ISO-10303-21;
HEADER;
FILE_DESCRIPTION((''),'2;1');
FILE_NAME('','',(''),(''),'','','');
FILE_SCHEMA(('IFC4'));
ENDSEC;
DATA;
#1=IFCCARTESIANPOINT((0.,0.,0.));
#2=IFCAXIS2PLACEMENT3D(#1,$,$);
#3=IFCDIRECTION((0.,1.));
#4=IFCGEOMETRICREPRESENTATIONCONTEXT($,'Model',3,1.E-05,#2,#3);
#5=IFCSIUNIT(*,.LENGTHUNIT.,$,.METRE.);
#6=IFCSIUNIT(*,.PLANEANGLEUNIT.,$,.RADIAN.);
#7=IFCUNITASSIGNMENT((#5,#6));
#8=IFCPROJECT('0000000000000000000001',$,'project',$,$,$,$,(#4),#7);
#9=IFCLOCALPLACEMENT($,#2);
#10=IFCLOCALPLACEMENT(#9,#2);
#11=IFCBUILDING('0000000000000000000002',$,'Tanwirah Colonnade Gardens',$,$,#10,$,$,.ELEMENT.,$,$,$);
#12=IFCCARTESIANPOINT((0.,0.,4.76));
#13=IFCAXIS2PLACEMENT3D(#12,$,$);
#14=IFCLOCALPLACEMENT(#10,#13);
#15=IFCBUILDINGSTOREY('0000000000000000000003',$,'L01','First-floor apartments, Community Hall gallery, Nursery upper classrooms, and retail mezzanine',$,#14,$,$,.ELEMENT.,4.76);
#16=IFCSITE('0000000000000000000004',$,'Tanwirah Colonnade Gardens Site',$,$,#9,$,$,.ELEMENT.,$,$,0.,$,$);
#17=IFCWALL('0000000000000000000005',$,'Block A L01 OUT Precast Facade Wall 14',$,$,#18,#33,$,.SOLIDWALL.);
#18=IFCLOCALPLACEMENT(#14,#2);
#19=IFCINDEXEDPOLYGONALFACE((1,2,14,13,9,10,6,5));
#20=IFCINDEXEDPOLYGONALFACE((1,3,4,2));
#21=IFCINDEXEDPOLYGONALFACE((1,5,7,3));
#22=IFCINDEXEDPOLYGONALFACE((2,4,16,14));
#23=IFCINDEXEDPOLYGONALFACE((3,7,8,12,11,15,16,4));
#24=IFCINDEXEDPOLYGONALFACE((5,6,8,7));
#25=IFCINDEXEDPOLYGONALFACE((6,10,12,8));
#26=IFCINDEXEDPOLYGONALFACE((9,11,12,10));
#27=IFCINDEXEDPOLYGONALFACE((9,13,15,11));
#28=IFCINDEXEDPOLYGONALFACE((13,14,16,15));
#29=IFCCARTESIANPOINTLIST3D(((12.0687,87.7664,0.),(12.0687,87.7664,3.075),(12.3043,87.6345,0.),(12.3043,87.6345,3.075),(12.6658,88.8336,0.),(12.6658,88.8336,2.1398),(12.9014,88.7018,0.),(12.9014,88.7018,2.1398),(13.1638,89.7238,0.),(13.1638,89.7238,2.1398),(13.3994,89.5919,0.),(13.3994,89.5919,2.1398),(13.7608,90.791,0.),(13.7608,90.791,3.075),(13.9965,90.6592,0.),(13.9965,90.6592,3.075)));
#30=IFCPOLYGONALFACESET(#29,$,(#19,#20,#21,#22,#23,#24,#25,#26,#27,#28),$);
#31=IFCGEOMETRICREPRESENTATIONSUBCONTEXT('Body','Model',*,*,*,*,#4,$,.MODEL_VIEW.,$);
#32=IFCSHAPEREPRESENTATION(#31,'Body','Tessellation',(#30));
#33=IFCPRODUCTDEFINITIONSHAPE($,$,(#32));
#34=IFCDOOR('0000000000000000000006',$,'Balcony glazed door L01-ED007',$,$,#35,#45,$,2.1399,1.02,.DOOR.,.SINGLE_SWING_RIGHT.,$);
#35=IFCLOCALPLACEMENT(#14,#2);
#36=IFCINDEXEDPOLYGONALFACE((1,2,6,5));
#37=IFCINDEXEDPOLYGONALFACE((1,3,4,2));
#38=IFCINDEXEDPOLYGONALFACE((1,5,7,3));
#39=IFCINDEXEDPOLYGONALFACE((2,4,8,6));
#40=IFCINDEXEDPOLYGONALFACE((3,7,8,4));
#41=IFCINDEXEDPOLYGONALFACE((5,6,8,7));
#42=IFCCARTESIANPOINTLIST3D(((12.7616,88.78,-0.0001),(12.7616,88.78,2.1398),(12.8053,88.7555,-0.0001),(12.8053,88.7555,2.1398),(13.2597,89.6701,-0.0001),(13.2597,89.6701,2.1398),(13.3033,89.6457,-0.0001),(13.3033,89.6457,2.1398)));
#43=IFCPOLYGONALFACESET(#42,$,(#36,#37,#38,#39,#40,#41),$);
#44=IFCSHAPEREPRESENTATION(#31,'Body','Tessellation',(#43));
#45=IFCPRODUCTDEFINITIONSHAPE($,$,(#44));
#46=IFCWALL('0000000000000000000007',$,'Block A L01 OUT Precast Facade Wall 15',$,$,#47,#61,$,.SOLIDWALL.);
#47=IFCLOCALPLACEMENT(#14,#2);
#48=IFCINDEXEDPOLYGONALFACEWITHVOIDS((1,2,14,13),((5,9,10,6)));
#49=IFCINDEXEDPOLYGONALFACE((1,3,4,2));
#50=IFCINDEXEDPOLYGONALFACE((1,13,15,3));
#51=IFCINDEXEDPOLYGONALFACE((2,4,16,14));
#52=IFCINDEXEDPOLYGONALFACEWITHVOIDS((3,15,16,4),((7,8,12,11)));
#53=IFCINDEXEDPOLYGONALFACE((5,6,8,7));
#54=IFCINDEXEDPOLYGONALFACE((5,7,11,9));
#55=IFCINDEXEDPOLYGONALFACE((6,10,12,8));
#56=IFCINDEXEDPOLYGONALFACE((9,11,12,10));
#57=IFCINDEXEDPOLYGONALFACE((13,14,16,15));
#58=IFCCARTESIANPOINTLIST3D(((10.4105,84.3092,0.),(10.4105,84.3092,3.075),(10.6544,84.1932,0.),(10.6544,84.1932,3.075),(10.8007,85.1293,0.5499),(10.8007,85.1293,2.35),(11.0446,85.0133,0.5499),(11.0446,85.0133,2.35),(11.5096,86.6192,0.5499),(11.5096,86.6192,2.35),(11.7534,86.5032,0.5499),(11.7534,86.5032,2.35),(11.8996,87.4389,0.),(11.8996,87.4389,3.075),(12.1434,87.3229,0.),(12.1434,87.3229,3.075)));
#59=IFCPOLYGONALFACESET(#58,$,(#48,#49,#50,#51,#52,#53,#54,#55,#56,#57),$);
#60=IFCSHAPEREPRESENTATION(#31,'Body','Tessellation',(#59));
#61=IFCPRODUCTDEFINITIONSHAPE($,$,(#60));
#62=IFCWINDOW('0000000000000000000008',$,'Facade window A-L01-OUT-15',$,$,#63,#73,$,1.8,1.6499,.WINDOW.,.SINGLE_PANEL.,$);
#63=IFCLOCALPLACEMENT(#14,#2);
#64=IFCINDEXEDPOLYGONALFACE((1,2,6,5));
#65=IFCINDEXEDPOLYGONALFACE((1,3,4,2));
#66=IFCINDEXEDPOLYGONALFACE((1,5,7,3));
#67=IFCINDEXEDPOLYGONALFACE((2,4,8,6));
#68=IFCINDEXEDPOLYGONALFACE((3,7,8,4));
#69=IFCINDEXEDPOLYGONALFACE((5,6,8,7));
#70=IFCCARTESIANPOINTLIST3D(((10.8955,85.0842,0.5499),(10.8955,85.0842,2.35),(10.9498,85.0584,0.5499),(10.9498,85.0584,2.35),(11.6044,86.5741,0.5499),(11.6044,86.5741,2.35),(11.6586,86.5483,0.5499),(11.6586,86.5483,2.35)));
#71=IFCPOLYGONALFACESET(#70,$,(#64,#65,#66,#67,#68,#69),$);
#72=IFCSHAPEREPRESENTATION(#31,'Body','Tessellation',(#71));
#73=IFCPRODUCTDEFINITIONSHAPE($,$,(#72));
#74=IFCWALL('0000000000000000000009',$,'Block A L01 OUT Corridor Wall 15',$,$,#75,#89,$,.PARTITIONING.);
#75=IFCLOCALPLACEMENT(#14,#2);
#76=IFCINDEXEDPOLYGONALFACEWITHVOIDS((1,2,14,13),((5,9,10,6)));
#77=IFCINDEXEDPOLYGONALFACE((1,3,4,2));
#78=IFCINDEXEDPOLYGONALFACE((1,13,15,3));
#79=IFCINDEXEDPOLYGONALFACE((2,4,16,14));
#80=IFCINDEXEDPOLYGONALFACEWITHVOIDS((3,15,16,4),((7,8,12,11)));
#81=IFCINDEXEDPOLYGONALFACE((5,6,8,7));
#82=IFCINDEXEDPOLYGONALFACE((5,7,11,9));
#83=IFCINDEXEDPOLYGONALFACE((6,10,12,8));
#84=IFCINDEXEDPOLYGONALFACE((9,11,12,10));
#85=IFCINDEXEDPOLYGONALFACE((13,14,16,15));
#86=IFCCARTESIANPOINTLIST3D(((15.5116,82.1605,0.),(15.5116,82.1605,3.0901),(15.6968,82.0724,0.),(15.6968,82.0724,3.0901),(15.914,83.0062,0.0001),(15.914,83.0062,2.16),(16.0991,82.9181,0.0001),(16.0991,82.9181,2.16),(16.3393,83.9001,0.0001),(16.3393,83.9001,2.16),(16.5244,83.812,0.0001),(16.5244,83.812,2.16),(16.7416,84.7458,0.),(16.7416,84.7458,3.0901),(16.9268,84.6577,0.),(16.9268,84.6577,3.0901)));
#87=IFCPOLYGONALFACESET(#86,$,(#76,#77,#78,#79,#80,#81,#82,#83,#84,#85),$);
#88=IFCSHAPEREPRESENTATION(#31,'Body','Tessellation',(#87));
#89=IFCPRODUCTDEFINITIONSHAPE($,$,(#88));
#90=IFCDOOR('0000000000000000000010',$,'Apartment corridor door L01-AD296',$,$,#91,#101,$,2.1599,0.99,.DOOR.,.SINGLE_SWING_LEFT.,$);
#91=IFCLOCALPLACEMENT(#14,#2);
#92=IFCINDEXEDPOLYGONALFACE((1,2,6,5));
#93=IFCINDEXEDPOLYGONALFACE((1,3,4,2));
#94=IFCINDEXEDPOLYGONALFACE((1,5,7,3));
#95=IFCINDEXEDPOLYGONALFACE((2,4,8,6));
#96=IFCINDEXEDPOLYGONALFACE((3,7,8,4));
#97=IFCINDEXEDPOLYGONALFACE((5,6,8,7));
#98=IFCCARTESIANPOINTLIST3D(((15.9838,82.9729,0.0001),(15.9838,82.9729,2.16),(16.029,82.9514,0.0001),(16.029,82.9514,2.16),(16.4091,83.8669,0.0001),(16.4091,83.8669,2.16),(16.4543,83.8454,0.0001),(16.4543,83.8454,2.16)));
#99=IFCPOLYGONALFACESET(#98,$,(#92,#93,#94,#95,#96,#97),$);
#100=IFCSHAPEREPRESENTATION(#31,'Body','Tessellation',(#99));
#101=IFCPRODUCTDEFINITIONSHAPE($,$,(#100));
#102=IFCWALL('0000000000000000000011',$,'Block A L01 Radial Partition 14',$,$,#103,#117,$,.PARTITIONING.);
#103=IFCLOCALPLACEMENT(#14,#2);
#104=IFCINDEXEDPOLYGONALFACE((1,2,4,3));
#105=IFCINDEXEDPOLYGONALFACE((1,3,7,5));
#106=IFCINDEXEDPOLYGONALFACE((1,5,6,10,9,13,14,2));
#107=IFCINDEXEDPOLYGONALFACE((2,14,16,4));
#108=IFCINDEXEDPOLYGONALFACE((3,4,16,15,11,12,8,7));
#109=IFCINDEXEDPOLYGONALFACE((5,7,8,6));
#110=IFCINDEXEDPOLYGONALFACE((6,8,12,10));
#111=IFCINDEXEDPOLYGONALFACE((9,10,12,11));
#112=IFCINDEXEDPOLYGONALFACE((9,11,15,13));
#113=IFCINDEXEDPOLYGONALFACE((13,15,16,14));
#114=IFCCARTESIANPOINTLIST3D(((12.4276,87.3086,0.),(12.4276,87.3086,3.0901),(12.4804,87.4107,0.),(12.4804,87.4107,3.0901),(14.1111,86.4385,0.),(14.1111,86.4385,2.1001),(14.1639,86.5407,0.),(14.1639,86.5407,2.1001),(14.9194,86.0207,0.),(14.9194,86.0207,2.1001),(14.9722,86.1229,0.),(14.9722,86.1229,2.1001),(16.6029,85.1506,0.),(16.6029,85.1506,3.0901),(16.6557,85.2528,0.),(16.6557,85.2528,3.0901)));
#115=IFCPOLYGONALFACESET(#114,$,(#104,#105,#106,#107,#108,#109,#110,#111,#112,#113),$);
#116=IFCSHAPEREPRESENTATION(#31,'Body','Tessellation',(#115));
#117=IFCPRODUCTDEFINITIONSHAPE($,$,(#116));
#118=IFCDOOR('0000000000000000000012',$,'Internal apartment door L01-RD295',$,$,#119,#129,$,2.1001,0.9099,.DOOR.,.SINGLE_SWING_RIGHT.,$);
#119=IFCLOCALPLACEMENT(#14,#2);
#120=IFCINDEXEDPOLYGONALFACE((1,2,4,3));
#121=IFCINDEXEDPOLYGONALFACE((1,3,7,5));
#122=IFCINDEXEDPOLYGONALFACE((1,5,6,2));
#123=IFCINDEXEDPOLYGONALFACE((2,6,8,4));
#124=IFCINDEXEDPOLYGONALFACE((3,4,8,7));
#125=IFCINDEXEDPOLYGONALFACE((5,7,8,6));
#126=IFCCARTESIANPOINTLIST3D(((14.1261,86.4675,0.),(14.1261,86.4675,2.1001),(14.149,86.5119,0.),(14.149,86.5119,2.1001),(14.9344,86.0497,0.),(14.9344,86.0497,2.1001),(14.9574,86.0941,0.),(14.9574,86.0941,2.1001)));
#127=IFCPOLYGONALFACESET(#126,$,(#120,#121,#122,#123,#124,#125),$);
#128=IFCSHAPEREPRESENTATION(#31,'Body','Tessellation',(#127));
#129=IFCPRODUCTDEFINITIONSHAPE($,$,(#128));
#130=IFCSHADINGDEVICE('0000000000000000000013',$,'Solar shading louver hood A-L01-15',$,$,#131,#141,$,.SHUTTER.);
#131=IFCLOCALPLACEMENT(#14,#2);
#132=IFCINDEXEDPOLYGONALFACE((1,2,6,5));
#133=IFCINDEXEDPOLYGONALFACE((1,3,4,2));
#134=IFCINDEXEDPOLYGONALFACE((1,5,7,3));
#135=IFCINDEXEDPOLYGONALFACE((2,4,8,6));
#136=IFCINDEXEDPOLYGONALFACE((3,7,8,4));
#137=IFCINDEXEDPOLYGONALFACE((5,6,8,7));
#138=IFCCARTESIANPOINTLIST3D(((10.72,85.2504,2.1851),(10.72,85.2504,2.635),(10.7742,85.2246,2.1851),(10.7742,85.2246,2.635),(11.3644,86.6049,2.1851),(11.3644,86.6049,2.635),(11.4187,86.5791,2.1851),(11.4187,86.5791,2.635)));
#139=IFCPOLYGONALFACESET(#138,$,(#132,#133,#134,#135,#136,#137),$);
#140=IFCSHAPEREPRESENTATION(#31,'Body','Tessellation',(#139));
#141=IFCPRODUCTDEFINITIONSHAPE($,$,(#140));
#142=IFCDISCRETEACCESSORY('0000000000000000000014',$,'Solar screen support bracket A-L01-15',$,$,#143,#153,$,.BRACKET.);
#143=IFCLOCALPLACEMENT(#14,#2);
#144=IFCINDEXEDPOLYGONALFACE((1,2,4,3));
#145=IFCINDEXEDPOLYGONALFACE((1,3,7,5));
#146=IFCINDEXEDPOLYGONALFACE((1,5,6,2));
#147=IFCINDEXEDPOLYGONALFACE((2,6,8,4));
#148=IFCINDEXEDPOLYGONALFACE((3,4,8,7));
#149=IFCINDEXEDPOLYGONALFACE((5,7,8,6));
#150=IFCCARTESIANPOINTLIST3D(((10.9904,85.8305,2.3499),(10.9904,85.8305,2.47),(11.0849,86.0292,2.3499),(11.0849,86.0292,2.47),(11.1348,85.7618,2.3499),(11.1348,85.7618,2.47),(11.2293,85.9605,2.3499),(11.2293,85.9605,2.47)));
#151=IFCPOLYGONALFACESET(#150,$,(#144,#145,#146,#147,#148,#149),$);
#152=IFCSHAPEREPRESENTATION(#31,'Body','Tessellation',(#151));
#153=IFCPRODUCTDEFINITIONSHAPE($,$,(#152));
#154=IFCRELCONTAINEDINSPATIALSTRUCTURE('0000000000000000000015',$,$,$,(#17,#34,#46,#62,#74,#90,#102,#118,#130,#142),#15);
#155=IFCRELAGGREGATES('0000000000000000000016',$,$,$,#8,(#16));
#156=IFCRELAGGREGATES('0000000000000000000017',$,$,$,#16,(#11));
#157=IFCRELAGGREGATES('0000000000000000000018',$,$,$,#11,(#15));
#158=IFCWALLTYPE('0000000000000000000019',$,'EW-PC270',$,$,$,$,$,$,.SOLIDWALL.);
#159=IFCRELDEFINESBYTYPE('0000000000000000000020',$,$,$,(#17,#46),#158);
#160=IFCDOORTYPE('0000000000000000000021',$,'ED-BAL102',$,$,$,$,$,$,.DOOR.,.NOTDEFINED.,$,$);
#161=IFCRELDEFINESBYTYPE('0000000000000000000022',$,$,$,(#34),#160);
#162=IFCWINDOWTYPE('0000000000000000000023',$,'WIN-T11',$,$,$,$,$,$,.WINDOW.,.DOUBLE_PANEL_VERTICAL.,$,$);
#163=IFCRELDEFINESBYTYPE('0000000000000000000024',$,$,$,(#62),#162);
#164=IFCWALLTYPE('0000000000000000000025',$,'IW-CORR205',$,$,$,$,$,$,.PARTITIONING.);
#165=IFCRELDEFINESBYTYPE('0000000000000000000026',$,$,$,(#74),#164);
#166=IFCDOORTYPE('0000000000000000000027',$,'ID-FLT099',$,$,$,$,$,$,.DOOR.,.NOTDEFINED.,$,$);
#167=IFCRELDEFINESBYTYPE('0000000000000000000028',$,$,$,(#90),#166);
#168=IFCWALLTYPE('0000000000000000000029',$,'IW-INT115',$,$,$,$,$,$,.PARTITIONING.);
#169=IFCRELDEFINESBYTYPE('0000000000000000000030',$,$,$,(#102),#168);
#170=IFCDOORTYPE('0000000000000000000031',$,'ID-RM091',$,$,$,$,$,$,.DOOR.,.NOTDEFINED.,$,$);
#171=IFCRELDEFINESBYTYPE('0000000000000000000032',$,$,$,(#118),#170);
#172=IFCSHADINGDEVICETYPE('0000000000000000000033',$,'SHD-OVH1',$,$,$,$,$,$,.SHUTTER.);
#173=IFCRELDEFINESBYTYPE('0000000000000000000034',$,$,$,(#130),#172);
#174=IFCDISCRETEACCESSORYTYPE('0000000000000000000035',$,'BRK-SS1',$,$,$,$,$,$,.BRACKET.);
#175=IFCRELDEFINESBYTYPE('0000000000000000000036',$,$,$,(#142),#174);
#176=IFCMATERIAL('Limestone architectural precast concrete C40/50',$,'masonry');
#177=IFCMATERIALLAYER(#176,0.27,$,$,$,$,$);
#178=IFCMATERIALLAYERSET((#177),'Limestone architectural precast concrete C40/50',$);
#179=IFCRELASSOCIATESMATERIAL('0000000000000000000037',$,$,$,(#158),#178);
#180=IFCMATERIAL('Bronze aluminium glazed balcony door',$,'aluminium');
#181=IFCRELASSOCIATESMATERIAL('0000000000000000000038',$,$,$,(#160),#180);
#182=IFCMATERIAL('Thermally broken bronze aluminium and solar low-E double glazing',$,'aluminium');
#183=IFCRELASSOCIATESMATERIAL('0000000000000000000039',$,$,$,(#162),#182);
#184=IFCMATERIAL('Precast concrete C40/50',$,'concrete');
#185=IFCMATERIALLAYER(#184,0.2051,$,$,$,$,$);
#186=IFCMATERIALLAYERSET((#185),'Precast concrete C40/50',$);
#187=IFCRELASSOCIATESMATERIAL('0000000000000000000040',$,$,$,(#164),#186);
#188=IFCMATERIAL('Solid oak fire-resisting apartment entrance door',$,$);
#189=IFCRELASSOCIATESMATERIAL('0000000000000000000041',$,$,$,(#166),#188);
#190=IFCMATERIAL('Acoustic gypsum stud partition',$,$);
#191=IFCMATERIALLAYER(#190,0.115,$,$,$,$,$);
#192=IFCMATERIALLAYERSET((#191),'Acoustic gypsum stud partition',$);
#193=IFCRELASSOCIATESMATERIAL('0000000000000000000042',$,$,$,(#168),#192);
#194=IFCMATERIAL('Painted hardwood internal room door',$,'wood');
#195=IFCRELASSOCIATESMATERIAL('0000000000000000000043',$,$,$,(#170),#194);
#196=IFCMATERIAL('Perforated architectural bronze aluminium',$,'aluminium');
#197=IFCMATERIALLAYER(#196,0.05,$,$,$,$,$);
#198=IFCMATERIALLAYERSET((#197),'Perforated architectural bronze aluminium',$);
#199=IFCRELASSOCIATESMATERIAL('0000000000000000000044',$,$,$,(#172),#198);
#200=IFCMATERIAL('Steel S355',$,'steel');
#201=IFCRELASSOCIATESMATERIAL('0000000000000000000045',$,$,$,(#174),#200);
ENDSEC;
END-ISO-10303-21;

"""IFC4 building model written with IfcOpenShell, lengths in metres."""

from ifc_helpers import new_model, si_unit, direction, frame, frame_2d, origin, origin_2d, place, context, subcontext, project, spatial, rectangle, extrude, material, layer, layer_set, type_object, element, fill, save


model = new_model("IFC4")

# Units and contexts
model_context = context("Model", 3, precision=1e-05, world=origin(), true_north=direction((0.0, 1.0)))
body_context = subcontext(model_context, "Body", "Model", "MODEL_VIEW")
ifc_project = project(units=[si_unit("LENGTHUNIT", "METRE"), si_unit("PLANEANGLEUNIT", "RADIAN")], contexts=[model_context])

# Site, building, storey
site_placement = place(None, origin())
site = spatial("IfcSite", under=ifc_project, at=site_placement, Name="Tanwirah Colonnade Gardens Site", CompositionType="ELEMENT", RefElevation=0.0)
building_placement = place(site_placement, origin())
building = spatial("IfcBuilding", under=site, at=building_placement, Name="Tanwirah Colonnade Gardens", CompositionType="ELEMENT")
storey_placement = place(building_placement, frame((0.0, 0.0, 4.76)))
storey = spatial("IfcBuildingStorey", under=building, at=storey_placement, Name="L01", Description="First-floor apartments, Community Hall gallery, Nursery upper classrooms, and retail mezzanine", CompositionType="ELEMENT", Elevation=4.76)

# Shared definitions
ifc_material_1 = material(Name="Precast concrete C40/50", Category="concrete")

# Wall, opening, door
ifc_material_2 = material(Name="Limestone architectural precast concrete C40/50", Category="masonry")
ifc_layer_1 = layer(ifc_material_2, 0.27)
ifc_layer_set_1 = layer_set([ifc_layer_1], Name="Limestone architectural precast concrete C40/50")
wall_type_1 = type_object("IfcWallType", Name="EW-PC270", PredefinedType="SOLIDWALL", material=ifc_layer_set_1)
wall_1_placement = place(storey_placement, frame((13.8787, 90.7251, 0.0), z_axis=(0.0, 0.0, 1.0), x_axis=(-0.488237, -0.872711, 0.0)))
wall_1 = element("IfcWall", 1, at=wall_1_placement, inside=storey, type_object=wall_type_1, Name="Block A L01 OUT Precast Facade Wall 14", PredefinedType="SOLIDWALL", context=body_context, shape_type="SweptSolid", body=[
    extrude(rectangle(XDim=3.4658, YDim=0.27, at=frame_2d((1.7329, 0.0))), origin(), (0.0, 0.0, 1.0), 3.075),
])
opening_1_placement = place(wall_1_placement, frame((1.2229, 0.0, 0.0)))
opening_1 = element("IfcOpeningElement", 2, at=opening_1_placement, cuts=wall_1, PredefinedType="OPENING", context=body_context, shape_type="SweptSolid", body=[
    extrude(rectangle(XDim=1.02, YDim=2.1399, at=frame_2d((0.51, 1.0698))), frame((0.0, 0.145, 0.0), z_axis=(0.0, -1.0, 0.0), x_axis=(1.0, 0.0, 0.0)), (0.0, 0.0, 1.0), 0.29),
])
ifc_material_3 = material(Name="Bronze aluminium glazed balcony door", Category="aluminium")
door_type_1 = type_object("IfcDoorType", Name="ED-BAL102", OperationType="NOTDEFINED", PredefinedType="DOOR", material=ifc_material_3)
door_1_placement = place(opening_1_placement, origin())
door_1 = element("IfcDoor", 3, at=door_1_placement, inside=storey, type_object=door_type_1, Name="Balcony glazed door L01-ED007", OperationType="SINGLE_SWING_RIGHT", OverallHeight=2.1399, OverallWidth=1.02, PredefinedType="DOOR", context=body_context, shape_type="SweptSolid", body=[
    extrude(rectangle(XDim=1.02, YDim=2.1399, at=frame_2d((0.51, 1.0698))), frame((0.0, 0.0249, 0.0), z_axis=(0.0, -1.0, 0.0), x_axis=(1.0, 0.0, 0.0)), (0.0, 0.0, 1.0), 0.05),
])
fill(opening_1, door_1)

# Wall, opening, window
wall_2_placement = place(storey_placement, frame((12.0215, 87.3809, 0.0), z_axis=(0.0, 0.0, 1.0), x_axis=(-0.42963, -0.903005, 0.0)))
wall_2 = element("IfcWall", 4, at=wall_2_placement, inside=storey, type_object=wall_type_1, Name="Block A L01 OUT Precast Facade Wall 15", PredefinedType="SOLIDWALL", context=body_context, shape_type="SweptSolid", body=[
    extrude(rectangle(XDim=3.4658, YDim=0.27, at=frame_2d((1.7329, 0.0))), origin(), (0.0, 0.0, 1.0), 3.075),
])
opening_2_placement = place(wall_2_placement, frame((0.9077, 0.0, 0.55)))
opening_2 = element("IfcOpeningElement", 5, at=opening_2_placement, cuts=wall_2, PredefinedType="OPENING", context=body_context, shape_type="SweptSolid", body=[
    extrude(rectangle(XDim=1.6499, YDim=1.8, at=frame_2d((0.825, 0.8999))), frame((0.0, 0.145, 0.0), z_axis=(0.0, -1.0, 0.0), x_axis=(1.0, 0.0, 0.0)), (0.0, 0.0, 1.0), 0.29),
])
ifc_material_4 = material(Name="Thermally broken bronze aluminium and solar low-E double glazing", Category="aluminium")
window_type = type_object("IfcWindowType", Name="WIN-T11", PartitioningType="DOUBLE_PANEL_VERTICAL", PredefinedType="WINDOW", material=ifc_material_4)
window_placement = place(opening_2_placement, origin())
window = element("IfcWindow", 6, at=window_placement, inside=storey, type_object=window_type, Name="Facade window A-L01-OUT-15", OverallHeight=1.8, OverallWidth=1.6499, PartitioningType="SINGLE_PANEL", PredefinedType="WINDOW", context=body_context, shape_type="SweptSolid", body=[
    extrude(rectangle(XDim=1.6499, YDim=1.8, at=frame_2d((0.825, 0.8999))), frame((0.0, 0.03, 0.0), z_axis=(0.0, -1.0, 0.0), x_axis=(1.0, 0.0, 0.0)), (0.0, 0.0, 1.0), 0.0601),
])
fill(opening_2, window)

# Walls, openings, doors
ifc_layer_2 = layer(ifc_material_1, 0.2051)
ifc_layer_set_2 = layer_set([ifc_layer_2], Name="Precast concrete C40/50")
wall_type_2 = type_object("IfcWallType", Name="IW-CORR205", PredefinedType="PARTITIONING", material=ifc_layer_set_2)
ifc_material_5 = material(Name="Solid oak fire-resisting apartment entrance door")
wall_3_placement = place(storey_placement, frame((16.8342, 84.7019, 0.0), z_axis=(0.0, 0.0, 1.0), x_axis=(-0.429596, -0.903021, 0.0)))
wall_3 = element("IfcWall", 7, at=wall_3_placement, inside=storey, type_object=wall_type_2, Name="Block A L01 OUT Corridor Wall 15", PredefinedType="PARTITIONING", context=body_context, shape_type="SweptSolid", body=[
    extrude(rectangle(XDim=2.863, YDim=0.2051, at=frame_2d((1.4316, 0.0))), origin(), (0.0, 0.0, 1.0), 3.0901),
])
opening_3_placement = place(wall_3_placement, frame((0.9365, 0.0, 0.0)))
opening_3 = element("IfcOpeningElement", 8, at=opening_3_placement, cuts=wall_3, PredefinedType="OPENING", context=body_context, shape_type="SweptSolid", body=[
    extrude(rectangle(XDim=0.99, YDim=2.1599, at=frame_2d((0.4951, 1.0801))), frame((0.0, 0.1125, 0.0), z_axis=(0.0, -1.0, 0.0), x_axis=(1.0, 0.0, 0.0)), (0.0, 0.0, 1.0), 0.2251),
])
door_type_2 = type_object("IfcDoorType", Name="ID-FLT099", OperationType="NOTDEFINED", PredefinedType="DOOR", material=ifc_material_5)
door_2_placement = place(opening_3_placement, origin())
door_2 = element("IfcDoor", 9, at=door_2_placement, inside=storey, type_object=door_type_2, Name="Apartment corridor door L01-AD296", OperationType="SINGLE_SWING_LEFT", OverallHeight=2.1599, OverallWidth=0.99, PredefinedType="DOOR", context=body_context, shape_type="SweptSolid", body=[
    extrude(rectangle(XDim=0.99, YDim=2.1599, at=frame_2d((0.4951, 1.0801))), frame((0.0, 0.0249, 0.0), z_axis=(0.0, -1.0, 0.0), x_axis=(1.0, 0.0, 0.0)), (0.0, 0.0, 1.0), 0.05),
])
fill(opening_3, door_2)
ifc_material_6 = material(Name="Acoustic gypsum stud partition")
ifc_layer_3 = layer(ifc_material_6, 0.115)
ifc_layer_set_3 = layer_set([ifc_layer_3], Name="Acoustic gypsum stud partition")
wall_type_3 = type_object("IfcWallType", Name="IW-INT115", PredefinedType="PARTITIONING", material=ifc_layer_set_3)
wall_4_placement = place(storey_placement, frame((16.6294, 85.2017, 0.0), z_axis=(0.0, 0.0, 1.0), x_axis=(-0.888363, 0.459142, 0.0)))
wall_4 = element("IfcWall", 10, at=wall_4_placement, inside=storey, type_object=wall_type_3, Name="Block A L01 Radial Partition 14", PredefinedType="PARTITIONING", context=body_context, shape_type="SweptSolid", body=[
    extrude(rectangle(XDim=4.7, YDim=0.115, at=frame_2d((2.3501, 0.0))), origin(), (0.0, 0.0, 1.0), 3.0901),
])
opening_4_placement = place(wall_4_placement, frame((1.895, 0.0, 0.0)))
opening_4 = element("IfcOpeningElement", 11, at=opening_4_placement, cuts=wall_4, PredefinedType="OPENING", context=body_context, shape_type="SweptSolid", body=[
    extrude(rectangle(XDim=0.9099, YDim=2.1001, at=frame_2d((0.4551, 1.05))), frame((0.0, 0.0674, 0.0), z_axis=(0.0, -1.0, 0.0), x_axis=(1.0, 0.0, 0.0)), (0.0, 0.0, 1.0), 0.135),
])
ifc_material_7 = material(Name="Painted hardwood internal room door", Category="wood")
door_type_3 = type_object("IfcDoorType", Name="ID-RM091", OperationType="NOTDEFINED", PredefinedType="DOOR", material=ifc_material_7)
door_3_placement = place(opening_4_placement, origin())
door_3 = element("IfcDoor", 12, at=door_3_placement, inside=storey, type_object=door_type_3, Name="Internal apartment door L01-RD295", OperationType="SINGLE_SWING_RIGHT", OverallHeight=2.1001, OverallWidth=0.9099, PredefinedType="DOOR", context=body_context, shape_type="SweptSolid", body=[
    extrude(rectangle(XDim=0.9099, YDim=2.1001, at=frame_2d((0.4551, 1.05))), frame((0.0, 0.0249, 0.0), z_axis=(0.0, -1.0, 0.0), x_axis=(1.0, 0.0, 0.0)), (0.0, 0.0, 1.0), 0.05),
])
fill(opening_4, door_3)

# Shading device
ifc_material_8 = material(Name="Perforated architectural bronze aluminium", Category="aluminium")
ifc_layer_4 = layer(ifc_material_8, 0.05)
ifc_layer_set_4 = layer_set([ifc_layer_4], Name="Perforated architectural bronze aluminium")
shading_device_type = type_object("IfcShadingDeviceType", Name="SHD-OVH1", PredefinedType="SHUTTER", material=ifc_layer_set_4)
shading_device_placement = place(storey_placement, frame((11.0693, 85.9148, 2.1851), z_axis=(0.0, 0.0, 1.0), x_axis=(-0.429637, -0.903002, 0.0)))
element("IfcShadingDevice", 13, at=shading_device_placement, inside=storey, type_object=shading_device_type, Name="Solar shading louver hood A-L01-15", PredefinedType="SHUTTER", context=body_context, shape_type="SweptSolid", body=[
    extrude(rectangle(XDim=1.5, YDim=0.0601, at=origin_2d()), origin(), (0.0, 0.0, 1.0), 0.45),
])

# Discrete accessory
ifc_material_9 = material(Name="Steel S355", Category="steel")
discrete_accessory_type = type_object("IfcDiscreteAccessoryType", Name="BRK-SS1", PredefinedType="BRACKET", material=ifc_material_9)
discrete_accessory_placement = place(storey_placement, frame((11.1099, 85.8955, 2.3499), z_axis=(0.0, 0.0, 1.0), x_axis=(-0.429637, -0.903002, 0.0)))
element("IfcDiscreteAccessory", 14, at=discrete_accessory_placement, inside=storey, type_object=discrete_accessory_type, Name="Solar screen support bracket A-L01-15", PredefinedType="BRACKET", context=body_context, shape_type="SweptSolid", body=[
    extrude(rectangle(XDim=0.22, YDim=0.1599, at=origin_2d()), origin(), (0.0, 0.0, 1.0), 0.1201),
])

save(model, "model.ifc")
